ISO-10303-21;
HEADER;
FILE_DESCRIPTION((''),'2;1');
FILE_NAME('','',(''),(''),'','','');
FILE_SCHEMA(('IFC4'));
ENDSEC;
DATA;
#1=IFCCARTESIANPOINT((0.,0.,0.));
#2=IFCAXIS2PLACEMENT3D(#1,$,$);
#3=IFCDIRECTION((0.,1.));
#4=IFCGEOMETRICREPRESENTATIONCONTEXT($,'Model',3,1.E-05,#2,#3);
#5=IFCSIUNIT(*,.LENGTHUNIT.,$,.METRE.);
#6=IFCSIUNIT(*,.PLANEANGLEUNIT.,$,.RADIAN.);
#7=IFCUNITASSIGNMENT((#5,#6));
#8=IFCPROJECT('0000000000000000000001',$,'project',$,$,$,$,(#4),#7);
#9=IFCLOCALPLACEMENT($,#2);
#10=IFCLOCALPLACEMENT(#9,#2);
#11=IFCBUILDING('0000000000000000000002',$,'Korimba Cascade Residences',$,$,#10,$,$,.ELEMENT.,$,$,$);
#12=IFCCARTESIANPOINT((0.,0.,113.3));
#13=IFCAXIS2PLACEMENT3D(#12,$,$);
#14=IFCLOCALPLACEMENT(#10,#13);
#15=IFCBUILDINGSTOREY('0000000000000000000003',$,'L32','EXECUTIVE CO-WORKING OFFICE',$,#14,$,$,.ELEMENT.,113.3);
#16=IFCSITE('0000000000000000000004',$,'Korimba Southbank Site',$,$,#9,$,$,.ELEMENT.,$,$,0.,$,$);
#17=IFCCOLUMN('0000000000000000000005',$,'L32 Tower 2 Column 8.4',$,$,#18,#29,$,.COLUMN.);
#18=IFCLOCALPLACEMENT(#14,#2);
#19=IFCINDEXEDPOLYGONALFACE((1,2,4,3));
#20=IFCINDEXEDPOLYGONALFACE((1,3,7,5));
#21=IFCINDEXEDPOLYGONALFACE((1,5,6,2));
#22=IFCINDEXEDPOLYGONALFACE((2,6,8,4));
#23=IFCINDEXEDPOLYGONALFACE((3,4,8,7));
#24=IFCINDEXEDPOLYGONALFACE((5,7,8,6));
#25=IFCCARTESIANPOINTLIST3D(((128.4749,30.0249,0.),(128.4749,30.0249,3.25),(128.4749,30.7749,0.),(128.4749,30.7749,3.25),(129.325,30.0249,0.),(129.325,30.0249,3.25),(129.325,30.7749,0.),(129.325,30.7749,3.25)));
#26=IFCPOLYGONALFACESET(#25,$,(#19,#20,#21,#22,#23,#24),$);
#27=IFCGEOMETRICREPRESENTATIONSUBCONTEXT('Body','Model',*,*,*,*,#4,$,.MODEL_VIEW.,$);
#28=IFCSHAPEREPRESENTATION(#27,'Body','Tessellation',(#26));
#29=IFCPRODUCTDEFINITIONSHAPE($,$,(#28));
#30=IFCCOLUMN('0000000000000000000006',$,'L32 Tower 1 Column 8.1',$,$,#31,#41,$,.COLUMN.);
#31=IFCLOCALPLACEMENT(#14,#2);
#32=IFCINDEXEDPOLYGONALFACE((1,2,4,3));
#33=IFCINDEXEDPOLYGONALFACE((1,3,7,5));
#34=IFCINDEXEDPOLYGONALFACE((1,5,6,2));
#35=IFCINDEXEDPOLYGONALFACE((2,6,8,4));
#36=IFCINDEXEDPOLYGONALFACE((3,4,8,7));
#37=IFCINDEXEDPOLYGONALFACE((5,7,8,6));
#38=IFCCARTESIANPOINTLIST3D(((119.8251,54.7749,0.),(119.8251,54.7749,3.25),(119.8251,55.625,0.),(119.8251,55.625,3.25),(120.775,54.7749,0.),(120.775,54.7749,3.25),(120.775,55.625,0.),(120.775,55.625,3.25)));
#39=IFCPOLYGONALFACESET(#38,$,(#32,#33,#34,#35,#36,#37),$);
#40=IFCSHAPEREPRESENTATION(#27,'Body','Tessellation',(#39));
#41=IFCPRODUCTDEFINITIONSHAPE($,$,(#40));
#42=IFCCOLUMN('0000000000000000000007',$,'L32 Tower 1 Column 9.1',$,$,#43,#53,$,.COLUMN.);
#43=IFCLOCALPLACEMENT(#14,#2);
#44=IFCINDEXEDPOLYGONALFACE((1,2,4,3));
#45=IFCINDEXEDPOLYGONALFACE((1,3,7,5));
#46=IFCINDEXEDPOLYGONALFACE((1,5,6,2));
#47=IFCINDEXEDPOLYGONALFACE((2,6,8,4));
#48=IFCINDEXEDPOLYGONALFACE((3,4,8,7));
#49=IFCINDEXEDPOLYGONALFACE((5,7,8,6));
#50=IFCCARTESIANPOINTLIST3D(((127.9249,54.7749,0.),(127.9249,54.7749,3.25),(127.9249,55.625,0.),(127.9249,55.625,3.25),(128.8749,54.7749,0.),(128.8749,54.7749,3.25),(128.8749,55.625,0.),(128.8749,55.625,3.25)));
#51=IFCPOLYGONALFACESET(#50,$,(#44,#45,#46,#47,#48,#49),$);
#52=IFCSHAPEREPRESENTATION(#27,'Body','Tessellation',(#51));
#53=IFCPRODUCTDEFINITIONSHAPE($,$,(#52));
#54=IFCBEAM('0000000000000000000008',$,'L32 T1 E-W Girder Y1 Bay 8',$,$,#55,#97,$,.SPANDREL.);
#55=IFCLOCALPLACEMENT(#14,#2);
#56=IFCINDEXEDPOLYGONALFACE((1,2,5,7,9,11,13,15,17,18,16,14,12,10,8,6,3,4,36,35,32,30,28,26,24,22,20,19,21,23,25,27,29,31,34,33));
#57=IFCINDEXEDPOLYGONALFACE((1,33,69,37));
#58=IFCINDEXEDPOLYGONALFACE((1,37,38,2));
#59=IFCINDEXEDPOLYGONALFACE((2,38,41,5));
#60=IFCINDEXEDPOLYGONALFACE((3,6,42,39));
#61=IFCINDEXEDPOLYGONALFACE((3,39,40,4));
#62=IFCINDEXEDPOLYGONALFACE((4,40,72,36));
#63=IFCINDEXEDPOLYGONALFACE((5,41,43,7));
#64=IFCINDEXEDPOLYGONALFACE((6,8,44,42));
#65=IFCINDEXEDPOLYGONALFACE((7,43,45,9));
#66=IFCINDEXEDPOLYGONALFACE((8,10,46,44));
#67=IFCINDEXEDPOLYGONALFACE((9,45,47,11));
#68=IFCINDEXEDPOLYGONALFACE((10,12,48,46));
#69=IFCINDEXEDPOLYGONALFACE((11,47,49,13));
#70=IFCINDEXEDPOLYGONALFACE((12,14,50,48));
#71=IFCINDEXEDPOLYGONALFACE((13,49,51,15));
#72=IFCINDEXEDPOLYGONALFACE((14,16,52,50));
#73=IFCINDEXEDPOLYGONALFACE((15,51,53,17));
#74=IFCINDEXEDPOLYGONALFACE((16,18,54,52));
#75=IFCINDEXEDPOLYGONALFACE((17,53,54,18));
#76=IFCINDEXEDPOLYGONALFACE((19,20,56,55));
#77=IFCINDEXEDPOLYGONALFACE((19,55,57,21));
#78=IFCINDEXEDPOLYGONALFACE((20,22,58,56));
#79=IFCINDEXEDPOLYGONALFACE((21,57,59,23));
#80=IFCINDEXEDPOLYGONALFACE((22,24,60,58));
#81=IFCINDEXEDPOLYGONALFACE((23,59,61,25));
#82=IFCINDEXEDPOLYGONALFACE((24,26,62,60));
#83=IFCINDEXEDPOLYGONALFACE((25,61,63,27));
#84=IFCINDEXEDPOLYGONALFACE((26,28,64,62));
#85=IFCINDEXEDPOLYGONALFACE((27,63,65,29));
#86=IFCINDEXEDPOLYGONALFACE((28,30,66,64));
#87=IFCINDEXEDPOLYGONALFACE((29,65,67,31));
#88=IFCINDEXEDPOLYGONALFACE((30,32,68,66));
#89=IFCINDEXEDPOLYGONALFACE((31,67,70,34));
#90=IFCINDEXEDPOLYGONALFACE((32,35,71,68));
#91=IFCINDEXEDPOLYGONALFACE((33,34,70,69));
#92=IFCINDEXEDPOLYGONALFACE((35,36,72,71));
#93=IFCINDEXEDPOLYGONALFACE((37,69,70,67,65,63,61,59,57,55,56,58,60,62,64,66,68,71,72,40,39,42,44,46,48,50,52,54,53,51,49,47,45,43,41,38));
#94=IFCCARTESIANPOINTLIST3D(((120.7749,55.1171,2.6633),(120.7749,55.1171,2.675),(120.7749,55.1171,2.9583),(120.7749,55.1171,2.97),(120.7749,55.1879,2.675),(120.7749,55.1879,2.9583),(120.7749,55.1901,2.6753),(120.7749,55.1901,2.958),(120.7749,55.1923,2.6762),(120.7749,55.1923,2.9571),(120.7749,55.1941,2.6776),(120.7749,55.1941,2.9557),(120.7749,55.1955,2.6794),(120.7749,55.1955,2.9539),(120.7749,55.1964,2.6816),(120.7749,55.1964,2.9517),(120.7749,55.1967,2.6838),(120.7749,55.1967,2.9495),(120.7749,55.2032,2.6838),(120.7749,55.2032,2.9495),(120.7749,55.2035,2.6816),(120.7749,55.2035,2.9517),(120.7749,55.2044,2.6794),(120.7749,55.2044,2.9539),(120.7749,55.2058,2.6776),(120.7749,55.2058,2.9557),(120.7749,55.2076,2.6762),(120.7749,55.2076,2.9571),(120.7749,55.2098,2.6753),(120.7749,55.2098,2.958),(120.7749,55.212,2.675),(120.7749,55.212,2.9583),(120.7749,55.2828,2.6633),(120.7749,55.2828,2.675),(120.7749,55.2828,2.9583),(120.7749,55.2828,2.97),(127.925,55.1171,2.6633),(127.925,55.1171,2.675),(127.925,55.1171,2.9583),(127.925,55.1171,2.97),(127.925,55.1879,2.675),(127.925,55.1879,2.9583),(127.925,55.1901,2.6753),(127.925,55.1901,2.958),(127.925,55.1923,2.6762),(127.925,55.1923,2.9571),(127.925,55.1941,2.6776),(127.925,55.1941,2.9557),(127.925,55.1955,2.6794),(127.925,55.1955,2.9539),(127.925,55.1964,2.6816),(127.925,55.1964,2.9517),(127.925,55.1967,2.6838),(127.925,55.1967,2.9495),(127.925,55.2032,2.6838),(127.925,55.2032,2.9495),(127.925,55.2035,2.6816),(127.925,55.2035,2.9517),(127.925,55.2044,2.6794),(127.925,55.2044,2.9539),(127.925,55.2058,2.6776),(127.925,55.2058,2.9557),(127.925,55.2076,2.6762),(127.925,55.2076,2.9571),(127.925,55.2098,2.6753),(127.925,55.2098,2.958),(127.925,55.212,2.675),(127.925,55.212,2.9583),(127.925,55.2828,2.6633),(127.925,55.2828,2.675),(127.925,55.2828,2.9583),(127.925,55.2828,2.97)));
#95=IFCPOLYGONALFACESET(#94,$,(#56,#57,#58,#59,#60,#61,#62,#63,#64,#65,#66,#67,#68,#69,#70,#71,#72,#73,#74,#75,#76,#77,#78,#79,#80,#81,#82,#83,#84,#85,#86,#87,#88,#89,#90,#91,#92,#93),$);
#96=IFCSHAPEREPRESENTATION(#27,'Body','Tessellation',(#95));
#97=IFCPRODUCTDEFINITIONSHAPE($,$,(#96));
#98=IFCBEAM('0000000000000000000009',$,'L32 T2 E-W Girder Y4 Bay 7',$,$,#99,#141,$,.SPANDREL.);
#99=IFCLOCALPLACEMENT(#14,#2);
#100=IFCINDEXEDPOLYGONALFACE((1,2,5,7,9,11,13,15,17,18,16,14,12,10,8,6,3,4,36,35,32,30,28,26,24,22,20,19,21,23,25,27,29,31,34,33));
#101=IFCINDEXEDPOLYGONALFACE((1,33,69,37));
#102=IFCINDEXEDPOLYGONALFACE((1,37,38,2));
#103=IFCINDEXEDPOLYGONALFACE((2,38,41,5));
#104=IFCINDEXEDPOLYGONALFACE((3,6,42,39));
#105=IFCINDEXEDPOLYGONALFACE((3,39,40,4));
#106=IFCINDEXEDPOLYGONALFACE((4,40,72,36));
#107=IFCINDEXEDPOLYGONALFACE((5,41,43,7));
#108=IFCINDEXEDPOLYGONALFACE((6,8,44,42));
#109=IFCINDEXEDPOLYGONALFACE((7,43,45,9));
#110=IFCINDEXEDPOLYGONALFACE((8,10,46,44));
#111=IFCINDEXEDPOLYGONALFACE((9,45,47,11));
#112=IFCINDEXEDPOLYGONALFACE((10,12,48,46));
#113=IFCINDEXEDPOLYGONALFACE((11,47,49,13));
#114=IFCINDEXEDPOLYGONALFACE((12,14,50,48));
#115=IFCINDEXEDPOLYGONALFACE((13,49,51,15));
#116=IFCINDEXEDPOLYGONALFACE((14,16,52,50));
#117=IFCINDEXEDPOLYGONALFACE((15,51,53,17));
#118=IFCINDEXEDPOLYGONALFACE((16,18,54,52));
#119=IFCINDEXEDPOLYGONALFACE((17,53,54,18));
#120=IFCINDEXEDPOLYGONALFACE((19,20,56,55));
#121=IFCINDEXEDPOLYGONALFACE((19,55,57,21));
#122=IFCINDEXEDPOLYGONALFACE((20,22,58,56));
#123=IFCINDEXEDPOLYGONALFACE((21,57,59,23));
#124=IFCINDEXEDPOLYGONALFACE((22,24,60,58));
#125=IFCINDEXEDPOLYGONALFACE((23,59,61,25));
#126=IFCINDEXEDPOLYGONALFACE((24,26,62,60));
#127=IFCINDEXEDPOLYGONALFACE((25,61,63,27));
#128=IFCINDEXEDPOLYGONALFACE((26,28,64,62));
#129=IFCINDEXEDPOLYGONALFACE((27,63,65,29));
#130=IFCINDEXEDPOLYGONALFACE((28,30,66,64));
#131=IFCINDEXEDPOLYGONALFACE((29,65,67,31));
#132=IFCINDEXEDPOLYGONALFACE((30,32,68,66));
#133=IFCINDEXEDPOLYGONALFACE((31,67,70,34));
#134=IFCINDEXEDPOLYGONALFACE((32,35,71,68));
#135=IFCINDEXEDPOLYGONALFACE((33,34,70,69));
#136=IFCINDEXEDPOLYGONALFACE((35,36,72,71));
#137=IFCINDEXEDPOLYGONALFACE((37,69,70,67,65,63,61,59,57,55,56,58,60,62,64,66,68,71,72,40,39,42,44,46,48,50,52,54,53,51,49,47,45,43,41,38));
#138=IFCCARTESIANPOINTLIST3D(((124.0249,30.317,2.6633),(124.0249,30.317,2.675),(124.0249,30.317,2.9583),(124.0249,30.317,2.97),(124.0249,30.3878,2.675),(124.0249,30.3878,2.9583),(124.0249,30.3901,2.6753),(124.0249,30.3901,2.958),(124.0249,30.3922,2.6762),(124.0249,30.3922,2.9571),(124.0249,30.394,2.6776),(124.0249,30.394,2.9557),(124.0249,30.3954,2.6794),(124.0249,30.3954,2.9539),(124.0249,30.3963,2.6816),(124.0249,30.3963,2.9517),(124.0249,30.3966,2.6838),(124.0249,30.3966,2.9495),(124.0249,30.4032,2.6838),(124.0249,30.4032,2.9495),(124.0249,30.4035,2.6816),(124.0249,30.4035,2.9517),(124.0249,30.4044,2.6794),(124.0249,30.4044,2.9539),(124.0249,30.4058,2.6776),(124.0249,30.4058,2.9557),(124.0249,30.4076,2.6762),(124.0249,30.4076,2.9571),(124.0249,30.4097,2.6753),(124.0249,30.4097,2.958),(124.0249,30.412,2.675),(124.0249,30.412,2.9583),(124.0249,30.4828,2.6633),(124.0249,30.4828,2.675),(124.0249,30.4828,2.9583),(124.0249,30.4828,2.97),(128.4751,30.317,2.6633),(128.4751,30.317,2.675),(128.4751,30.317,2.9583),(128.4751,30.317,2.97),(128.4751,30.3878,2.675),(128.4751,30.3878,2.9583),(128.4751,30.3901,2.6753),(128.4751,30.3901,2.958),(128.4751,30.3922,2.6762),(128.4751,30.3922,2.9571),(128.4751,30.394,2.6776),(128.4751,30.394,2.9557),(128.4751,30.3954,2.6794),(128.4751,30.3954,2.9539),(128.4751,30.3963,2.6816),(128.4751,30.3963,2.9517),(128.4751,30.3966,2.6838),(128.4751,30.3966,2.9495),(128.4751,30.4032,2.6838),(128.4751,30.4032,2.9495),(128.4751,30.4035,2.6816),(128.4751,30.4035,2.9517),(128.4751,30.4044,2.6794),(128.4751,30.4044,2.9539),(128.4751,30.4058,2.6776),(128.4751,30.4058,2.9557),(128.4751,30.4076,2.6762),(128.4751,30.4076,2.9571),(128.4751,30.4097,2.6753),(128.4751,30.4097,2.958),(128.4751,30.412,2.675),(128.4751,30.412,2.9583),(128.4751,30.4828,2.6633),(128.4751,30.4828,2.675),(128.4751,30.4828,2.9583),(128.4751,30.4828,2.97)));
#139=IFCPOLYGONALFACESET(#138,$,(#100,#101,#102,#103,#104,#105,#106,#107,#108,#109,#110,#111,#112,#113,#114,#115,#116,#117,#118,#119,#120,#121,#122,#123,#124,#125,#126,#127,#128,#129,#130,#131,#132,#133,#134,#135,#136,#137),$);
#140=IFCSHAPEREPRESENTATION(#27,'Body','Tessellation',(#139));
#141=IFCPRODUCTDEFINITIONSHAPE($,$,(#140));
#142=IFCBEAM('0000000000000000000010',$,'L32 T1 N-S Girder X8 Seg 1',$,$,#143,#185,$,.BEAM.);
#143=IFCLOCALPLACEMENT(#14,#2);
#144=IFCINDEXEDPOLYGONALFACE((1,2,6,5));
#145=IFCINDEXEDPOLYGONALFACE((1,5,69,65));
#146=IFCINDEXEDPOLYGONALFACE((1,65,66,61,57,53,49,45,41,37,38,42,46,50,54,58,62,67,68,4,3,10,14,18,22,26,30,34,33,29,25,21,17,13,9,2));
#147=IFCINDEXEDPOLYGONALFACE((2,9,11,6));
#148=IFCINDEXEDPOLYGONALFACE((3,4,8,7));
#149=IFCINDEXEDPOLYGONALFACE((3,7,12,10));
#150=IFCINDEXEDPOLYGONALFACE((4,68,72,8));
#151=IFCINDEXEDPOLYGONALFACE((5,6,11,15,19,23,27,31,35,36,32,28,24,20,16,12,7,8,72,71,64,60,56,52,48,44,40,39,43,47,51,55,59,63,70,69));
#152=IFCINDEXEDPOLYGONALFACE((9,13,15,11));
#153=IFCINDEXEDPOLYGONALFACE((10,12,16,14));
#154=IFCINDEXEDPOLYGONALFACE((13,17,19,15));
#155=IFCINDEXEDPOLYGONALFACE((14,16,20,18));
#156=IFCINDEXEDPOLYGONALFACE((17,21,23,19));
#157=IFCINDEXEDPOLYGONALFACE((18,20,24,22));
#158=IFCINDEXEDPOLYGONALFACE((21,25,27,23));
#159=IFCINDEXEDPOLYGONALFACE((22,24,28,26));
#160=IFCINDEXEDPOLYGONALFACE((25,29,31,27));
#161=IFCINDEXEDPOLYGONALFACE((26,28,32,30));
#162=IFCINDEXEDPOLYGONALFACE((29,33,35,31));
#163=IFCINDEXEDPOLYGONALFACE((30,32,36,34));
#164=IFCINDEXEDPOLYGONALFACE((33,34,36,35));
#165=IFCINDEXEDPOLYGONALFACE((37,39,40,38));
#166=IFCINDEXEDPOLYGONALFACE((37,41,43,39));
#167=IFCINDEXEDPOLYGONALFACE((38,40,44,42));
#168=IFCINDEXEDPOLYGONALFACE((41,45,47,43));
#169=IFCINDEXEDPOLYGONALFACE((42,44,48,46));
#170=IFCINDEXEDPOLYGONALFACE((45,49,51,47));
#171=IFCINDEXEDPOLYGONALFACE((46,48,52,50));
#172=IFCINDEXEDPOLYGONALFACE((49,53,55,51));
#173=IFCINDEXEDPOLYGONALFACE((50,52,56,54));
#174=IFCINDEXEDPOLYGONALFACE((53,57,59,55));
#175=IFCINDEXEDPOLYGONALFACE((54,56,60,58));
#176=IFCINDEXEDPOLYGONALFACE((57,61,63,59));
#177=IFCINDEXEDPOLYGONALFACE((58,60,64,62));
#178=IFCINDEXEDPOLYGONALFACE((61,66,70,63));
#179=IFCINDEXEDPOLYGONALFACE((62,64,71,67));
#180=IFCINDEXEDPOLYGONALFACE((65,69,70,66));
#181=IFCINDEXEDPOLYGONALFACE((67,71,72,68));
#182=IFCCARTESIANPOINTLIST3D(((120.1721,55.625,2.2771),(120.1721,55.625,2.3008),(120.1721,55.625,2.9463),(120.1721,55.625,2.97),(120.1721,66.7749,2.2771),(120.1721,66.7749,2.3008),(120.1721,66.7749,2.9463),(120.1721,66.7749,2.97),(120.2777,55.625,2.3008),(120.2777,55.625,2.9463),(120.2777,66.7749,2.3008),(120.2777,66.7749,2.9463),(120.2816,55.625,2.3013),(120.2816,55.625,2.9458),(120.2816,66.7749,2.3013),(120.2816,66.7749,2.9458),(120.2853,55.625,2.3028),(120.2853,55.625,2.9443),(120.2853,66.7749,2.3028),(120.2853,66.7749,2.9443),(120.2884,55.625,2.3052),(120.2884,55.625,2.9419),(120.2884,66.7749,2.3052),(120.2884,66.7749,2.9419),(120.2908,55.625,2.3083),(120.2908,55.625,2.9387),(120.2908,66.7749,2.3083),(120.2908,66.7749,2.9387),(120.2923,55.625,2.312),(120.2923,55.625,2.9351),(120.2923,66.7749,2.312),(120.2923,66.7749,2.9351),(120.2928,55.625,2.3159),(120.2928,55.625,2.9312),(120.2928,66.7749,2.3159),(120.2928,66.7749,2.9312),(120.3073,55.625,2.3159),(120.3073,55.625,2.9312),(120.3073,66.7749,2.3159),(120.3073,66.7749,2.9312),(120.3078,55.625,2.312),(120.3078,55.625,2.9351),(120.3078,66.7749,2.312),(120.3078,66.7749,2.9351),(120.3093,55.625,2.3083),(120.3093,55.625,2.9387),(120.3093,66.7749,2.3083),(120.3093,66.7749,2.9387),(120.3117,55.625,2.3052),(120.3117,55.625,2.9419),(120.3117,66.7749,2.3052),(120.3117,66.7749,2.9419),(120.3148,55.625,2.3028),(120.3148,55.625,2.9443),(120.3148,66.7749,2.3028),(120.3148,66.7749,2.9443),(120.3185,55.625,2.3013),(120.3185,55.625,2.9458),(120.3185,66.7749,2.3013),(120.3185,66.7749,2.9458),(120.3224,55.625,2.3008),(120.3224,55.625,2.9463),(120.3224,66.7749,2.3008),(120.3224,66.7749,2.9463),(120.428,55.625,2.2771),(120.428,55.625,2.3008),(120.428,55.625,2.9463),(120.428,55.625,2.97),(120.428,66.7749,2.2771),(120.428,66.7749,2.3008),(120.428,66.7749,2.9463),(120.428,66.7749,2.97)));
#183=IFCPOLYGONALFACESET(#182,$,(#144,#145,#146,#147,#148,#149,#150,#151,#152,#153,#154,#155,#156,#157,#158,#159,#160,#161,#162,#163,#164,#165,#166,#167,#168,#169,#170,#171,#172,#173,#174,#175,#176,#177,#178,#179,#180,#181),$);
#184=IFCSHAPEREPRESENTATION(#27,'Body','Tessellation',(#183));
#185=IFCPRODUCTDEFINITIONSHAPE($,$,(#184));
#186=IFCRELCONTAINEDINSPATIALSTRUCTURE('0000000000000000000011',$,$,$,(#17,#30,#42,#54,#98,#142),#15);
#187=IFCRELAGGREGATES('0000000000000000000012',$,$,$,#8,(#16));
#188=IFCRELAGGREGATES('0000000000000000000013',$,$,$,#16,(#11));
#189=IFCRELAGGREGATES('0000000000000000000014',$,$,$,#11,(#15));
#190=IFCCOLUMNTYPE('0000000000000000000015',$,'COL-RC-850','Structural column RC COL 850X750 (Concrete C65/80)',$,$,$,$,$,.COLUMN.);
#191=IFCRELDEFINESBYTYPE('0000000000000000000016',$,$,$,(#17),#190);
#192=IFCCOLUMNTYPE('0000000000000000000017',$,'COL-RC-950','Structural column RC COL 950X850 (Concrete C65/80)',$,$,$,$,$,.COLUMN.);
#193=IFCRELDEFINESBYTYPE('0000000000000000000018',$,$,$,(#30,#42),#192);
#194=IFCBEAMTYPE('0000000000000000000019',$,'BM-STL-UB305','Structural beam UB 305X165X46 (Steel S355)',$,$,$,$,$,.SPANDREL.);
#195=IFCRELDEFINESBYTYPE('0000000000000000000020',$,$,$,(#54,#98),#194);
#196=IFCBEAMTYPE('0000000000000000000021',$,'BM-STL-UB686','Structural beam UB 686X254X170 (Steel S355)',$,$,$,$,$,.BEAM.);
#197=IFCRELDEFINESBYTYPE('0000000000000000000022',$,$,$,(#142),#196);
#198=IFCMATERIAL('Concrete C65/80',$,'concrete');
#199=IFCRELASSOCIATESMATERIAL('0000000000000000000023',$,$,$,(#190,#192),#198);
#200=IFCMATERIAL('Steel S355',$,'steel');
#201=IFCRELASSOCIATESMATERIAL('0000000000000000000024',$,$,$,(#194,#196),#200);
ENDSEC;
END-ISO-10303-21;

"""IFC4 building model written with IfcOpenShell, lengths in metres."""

from ifc_helpers import new_model, si_unit, direction, frame, origin, origin_2d, place, context, subcontext, project, spatial, rectangle, i_section, extrude, material, material_profile, profile_set, type_object, element, save


model = new_model("IFC4")

# Units and contexts
model_context = context("Model", 3, precision=1e-05, world=origin(), true_north=direction((0.0, 1.0)))
body_context = subcontext(model_context, "Body", "Model", "MODEL_VIEW")
ifc_project = project(units=[si_unit("LENGTHUNIT", "METRE"), si_unit("PLANEANGLEUNIT", "RADIAN")], contexts=[model_context])

# Site, building, storey
site_placement = place(None, origin())
site = spatial("IfcSite", under=ifc_project, at=site_placement, Name="Korimba Southbank Site", CompositionType="ELEMENT", RefElevation=0.0)
building_placement = place(site_placement, origin())
building = spatial("IfcBuilding", under=site, at=building_placement, Name="Korimba Cascade Residences", CompositionType="ELEMENT")
storey_placement = place(building_placement, frame((0.0, 0.0, 113.3)))
storey = spatial("IfcBuildingStorey", under=building, at=storey_placement, Name="L32", Description="EXECUTIVE CO-WORKING OFFICE", CompositionType="ELEMENT", Elevation=113.3)

# Columns
ifc_material_1 = material(Name="Concrete C65/80", Category="concrete")
ifc_material_profile_1 = material_profile(ifc_material_1, rectangle(XDim=0.8501, YDim=0.75, at=origin_2d()), Name="Concrete C65/80")
ifc_profile_set_1 = profile_set([ifc_material_profile_1], Name="Concrete C65/80")
column_type_1 = type_object("IfcColumnType", Name="COL-RC-850", Description="Structural column RC COL 850X750 (Concrete C65/80)", PredefinedType="COLUMN", material=ifc_profile_set_1)
column_placement = place(storey_placement, frame((128.8999, 30.3999, 0.0), z_axis=(0.0, 0.0, 1.0), x_axis=(1.0, 0.0, 0.0)))
element("IfcColumn", 1, at=column_placement, inside=storey, type_object=column_type_1, Name="L32 Tower 2 Column 8.4", PredefinedType="COLUMN", context=body_context, shape_type="SweptSolid", body=[
    extrude(rectangle(XDim=0.8501, YDim=0.75, at=origin_2d()), origin(), (0.0, 0.0, 1.0), 3.25),
])
ifc_material_profile_2 = material_profile(ifc_material_1, rectangle(XDim=0.95, YDim=0.8501, at=origin_2d()), Name="Concrete C65/80")
ifc_profile_set_2 = profile_set([ifc_material_profile_2], Name="Concrete C65/80")
column_type_2 = type_object("IfcColumnType", Name="COL-RC-950", Description="Structural column RC COL 950X850 (Concrete C65/80)", PredefinedType="COLUMN", material=ifc_profile_set_2)
for number, where, z_axis, x_axis, name in (
    (2, (120.3, 55.2, 0.0), (0.0, 0.0, 1.0), (1.0, 0.0, 0.0), "L32 Tower 1 Column 8.1"),
    (3, (128.3999, 55.2, 0.0), (0.0, 0.0, 1.0), (1.0, 0.0, 0.0), "L32 Tower 1 Column 9.1"),
):
    element("IfcColumn", number, at=place(storey_placement, frame(where, z_axis=z_axis, x_axis=x_axis)), inside=storey, type_object=column_type_2, Name=name, PredefinedType="COLUMN", context=body_context, shape_type="SweptSolid", body=[
        extrude(rectangle(XDim=0.95, YDim=0.8501, at=origin_2d()), origin(), (0.0, 0.0, 1.0), 3.25),
    ])

# Beams
ifc_material_2 = material(Name="Steel S355", Category="steel")
ifc_material_profile_3 = material_profile(ifc_material_2, i_section(OverallWidth=0.1658, OverallDepth=0.3066, WebThickness=0.0066, FlangeThickness=0.0117, FilletRadius=0.0088, at=origin_2d()), Name="Steel S355")
ifc_profile_set_3 = profile_set([ifc_material_profile_3], Name="Steel S355")
beam_type_1 = type_object("IfcBeamType", Name="BM-STL-UB305", Description="Structural beam UB 305X165X46 (Steel S355)", PredefinedType="SPANDREL", material=ifc_profile_set_3)
beam_1_placement = place(storey_placement, frame((120.7749, 55.2, 2.8167), z_axis=(1.0, 0.0, 0.0), x_axis=(0.0, 1.0, 0.0)))
element("IfcBeam", 4, at=beam_1_placement, inside=storey, type_object=beam_type_1, Name="L32 T1 E-W Girder Y1 Bay 8", PredefinedType="SPANDREL", context=body_context, shape_type="SweptSolid", body=[
    extrude(i_section(OverallWidth=0.1658, OverallDepth=0.3066, WebThickness=0.0066, FlangeThickness=0.0117, FilletRadius=0.0088, at=origin_2d()), origin(), (0.0, 0.0, 1.0), 7.1501),
])
beam_2_placement = place(storey_placement, frame((124.0249, 30.3999, 2.8167), z_axis=(1.0, 0.0, 0.0), x_axis=(0.0, 1.0, 0.0)))
element("IfcBeam", 5, at=beam_2_placement, inside=storey, type_object=beam_type_1, Name="L32 T2 E-W Girder Y4 Bay 7", PredefinedType="SPANDREL", context=body_context, shape_type="SweptSolid", body=[
    extrude(i_section(OverallWidth=0.1658, OverallDepth=0.3066, WebThickness=0.0066, FlangeThickness=0.0117, FilletRadius=0.0088, at=origin_2d()), origin(), (0.0, 0.0, 1.0), 4.4502),
])
ifc_material_profile_4 = material_profile(ifc_material_2, i_section(OverallWidth=0.2559, OverallDepth=0.6929, WebThickness=0.0144, FlangeThickness=0.0237, FilletRadius=0.0151, at=origin_2d()), Name="Steel S355")
ifc_profile_set_4 = profile_set([ifc_material_profile_4], Name="Steel S355")
beam_type_2 = type_object("IfcBeamType", Name="BM-STL-UB686", Description="Structural beam UB 686X254X170 (Steel S355)", PredefinedType="BEAM", material=ifc_profile_set_4)
for number, where, z_axis, x_axis, name in (
    (6, (120.3, 55.625, 2.6235), (0.0, 1.0, 0.0), (-1.0, 0.0, 0.0), "L32 T1 N-S Girder X8 Seg 1"),
):
    element("IfcBeam", number, at=place(storey_placement, frame(where, z_axis=z_axis, x_axis=x_axis)), inside=storey, type_object=beam_type_2, Name=name, PredefinedType="BEAM", context=body_context, shape_type="SweptSolid", body=[
        extrude(i_section(OverallWidth=0.2559, OverallDepth=0.6929, WebThickness=0.0144, FlangeThickness=0.0237, FilletRadius=0.0151, at=origin_2d()), origin(), (0.0, 0.0, 1.0), 11.1499),
    ])

save(model, "model.ifc")
